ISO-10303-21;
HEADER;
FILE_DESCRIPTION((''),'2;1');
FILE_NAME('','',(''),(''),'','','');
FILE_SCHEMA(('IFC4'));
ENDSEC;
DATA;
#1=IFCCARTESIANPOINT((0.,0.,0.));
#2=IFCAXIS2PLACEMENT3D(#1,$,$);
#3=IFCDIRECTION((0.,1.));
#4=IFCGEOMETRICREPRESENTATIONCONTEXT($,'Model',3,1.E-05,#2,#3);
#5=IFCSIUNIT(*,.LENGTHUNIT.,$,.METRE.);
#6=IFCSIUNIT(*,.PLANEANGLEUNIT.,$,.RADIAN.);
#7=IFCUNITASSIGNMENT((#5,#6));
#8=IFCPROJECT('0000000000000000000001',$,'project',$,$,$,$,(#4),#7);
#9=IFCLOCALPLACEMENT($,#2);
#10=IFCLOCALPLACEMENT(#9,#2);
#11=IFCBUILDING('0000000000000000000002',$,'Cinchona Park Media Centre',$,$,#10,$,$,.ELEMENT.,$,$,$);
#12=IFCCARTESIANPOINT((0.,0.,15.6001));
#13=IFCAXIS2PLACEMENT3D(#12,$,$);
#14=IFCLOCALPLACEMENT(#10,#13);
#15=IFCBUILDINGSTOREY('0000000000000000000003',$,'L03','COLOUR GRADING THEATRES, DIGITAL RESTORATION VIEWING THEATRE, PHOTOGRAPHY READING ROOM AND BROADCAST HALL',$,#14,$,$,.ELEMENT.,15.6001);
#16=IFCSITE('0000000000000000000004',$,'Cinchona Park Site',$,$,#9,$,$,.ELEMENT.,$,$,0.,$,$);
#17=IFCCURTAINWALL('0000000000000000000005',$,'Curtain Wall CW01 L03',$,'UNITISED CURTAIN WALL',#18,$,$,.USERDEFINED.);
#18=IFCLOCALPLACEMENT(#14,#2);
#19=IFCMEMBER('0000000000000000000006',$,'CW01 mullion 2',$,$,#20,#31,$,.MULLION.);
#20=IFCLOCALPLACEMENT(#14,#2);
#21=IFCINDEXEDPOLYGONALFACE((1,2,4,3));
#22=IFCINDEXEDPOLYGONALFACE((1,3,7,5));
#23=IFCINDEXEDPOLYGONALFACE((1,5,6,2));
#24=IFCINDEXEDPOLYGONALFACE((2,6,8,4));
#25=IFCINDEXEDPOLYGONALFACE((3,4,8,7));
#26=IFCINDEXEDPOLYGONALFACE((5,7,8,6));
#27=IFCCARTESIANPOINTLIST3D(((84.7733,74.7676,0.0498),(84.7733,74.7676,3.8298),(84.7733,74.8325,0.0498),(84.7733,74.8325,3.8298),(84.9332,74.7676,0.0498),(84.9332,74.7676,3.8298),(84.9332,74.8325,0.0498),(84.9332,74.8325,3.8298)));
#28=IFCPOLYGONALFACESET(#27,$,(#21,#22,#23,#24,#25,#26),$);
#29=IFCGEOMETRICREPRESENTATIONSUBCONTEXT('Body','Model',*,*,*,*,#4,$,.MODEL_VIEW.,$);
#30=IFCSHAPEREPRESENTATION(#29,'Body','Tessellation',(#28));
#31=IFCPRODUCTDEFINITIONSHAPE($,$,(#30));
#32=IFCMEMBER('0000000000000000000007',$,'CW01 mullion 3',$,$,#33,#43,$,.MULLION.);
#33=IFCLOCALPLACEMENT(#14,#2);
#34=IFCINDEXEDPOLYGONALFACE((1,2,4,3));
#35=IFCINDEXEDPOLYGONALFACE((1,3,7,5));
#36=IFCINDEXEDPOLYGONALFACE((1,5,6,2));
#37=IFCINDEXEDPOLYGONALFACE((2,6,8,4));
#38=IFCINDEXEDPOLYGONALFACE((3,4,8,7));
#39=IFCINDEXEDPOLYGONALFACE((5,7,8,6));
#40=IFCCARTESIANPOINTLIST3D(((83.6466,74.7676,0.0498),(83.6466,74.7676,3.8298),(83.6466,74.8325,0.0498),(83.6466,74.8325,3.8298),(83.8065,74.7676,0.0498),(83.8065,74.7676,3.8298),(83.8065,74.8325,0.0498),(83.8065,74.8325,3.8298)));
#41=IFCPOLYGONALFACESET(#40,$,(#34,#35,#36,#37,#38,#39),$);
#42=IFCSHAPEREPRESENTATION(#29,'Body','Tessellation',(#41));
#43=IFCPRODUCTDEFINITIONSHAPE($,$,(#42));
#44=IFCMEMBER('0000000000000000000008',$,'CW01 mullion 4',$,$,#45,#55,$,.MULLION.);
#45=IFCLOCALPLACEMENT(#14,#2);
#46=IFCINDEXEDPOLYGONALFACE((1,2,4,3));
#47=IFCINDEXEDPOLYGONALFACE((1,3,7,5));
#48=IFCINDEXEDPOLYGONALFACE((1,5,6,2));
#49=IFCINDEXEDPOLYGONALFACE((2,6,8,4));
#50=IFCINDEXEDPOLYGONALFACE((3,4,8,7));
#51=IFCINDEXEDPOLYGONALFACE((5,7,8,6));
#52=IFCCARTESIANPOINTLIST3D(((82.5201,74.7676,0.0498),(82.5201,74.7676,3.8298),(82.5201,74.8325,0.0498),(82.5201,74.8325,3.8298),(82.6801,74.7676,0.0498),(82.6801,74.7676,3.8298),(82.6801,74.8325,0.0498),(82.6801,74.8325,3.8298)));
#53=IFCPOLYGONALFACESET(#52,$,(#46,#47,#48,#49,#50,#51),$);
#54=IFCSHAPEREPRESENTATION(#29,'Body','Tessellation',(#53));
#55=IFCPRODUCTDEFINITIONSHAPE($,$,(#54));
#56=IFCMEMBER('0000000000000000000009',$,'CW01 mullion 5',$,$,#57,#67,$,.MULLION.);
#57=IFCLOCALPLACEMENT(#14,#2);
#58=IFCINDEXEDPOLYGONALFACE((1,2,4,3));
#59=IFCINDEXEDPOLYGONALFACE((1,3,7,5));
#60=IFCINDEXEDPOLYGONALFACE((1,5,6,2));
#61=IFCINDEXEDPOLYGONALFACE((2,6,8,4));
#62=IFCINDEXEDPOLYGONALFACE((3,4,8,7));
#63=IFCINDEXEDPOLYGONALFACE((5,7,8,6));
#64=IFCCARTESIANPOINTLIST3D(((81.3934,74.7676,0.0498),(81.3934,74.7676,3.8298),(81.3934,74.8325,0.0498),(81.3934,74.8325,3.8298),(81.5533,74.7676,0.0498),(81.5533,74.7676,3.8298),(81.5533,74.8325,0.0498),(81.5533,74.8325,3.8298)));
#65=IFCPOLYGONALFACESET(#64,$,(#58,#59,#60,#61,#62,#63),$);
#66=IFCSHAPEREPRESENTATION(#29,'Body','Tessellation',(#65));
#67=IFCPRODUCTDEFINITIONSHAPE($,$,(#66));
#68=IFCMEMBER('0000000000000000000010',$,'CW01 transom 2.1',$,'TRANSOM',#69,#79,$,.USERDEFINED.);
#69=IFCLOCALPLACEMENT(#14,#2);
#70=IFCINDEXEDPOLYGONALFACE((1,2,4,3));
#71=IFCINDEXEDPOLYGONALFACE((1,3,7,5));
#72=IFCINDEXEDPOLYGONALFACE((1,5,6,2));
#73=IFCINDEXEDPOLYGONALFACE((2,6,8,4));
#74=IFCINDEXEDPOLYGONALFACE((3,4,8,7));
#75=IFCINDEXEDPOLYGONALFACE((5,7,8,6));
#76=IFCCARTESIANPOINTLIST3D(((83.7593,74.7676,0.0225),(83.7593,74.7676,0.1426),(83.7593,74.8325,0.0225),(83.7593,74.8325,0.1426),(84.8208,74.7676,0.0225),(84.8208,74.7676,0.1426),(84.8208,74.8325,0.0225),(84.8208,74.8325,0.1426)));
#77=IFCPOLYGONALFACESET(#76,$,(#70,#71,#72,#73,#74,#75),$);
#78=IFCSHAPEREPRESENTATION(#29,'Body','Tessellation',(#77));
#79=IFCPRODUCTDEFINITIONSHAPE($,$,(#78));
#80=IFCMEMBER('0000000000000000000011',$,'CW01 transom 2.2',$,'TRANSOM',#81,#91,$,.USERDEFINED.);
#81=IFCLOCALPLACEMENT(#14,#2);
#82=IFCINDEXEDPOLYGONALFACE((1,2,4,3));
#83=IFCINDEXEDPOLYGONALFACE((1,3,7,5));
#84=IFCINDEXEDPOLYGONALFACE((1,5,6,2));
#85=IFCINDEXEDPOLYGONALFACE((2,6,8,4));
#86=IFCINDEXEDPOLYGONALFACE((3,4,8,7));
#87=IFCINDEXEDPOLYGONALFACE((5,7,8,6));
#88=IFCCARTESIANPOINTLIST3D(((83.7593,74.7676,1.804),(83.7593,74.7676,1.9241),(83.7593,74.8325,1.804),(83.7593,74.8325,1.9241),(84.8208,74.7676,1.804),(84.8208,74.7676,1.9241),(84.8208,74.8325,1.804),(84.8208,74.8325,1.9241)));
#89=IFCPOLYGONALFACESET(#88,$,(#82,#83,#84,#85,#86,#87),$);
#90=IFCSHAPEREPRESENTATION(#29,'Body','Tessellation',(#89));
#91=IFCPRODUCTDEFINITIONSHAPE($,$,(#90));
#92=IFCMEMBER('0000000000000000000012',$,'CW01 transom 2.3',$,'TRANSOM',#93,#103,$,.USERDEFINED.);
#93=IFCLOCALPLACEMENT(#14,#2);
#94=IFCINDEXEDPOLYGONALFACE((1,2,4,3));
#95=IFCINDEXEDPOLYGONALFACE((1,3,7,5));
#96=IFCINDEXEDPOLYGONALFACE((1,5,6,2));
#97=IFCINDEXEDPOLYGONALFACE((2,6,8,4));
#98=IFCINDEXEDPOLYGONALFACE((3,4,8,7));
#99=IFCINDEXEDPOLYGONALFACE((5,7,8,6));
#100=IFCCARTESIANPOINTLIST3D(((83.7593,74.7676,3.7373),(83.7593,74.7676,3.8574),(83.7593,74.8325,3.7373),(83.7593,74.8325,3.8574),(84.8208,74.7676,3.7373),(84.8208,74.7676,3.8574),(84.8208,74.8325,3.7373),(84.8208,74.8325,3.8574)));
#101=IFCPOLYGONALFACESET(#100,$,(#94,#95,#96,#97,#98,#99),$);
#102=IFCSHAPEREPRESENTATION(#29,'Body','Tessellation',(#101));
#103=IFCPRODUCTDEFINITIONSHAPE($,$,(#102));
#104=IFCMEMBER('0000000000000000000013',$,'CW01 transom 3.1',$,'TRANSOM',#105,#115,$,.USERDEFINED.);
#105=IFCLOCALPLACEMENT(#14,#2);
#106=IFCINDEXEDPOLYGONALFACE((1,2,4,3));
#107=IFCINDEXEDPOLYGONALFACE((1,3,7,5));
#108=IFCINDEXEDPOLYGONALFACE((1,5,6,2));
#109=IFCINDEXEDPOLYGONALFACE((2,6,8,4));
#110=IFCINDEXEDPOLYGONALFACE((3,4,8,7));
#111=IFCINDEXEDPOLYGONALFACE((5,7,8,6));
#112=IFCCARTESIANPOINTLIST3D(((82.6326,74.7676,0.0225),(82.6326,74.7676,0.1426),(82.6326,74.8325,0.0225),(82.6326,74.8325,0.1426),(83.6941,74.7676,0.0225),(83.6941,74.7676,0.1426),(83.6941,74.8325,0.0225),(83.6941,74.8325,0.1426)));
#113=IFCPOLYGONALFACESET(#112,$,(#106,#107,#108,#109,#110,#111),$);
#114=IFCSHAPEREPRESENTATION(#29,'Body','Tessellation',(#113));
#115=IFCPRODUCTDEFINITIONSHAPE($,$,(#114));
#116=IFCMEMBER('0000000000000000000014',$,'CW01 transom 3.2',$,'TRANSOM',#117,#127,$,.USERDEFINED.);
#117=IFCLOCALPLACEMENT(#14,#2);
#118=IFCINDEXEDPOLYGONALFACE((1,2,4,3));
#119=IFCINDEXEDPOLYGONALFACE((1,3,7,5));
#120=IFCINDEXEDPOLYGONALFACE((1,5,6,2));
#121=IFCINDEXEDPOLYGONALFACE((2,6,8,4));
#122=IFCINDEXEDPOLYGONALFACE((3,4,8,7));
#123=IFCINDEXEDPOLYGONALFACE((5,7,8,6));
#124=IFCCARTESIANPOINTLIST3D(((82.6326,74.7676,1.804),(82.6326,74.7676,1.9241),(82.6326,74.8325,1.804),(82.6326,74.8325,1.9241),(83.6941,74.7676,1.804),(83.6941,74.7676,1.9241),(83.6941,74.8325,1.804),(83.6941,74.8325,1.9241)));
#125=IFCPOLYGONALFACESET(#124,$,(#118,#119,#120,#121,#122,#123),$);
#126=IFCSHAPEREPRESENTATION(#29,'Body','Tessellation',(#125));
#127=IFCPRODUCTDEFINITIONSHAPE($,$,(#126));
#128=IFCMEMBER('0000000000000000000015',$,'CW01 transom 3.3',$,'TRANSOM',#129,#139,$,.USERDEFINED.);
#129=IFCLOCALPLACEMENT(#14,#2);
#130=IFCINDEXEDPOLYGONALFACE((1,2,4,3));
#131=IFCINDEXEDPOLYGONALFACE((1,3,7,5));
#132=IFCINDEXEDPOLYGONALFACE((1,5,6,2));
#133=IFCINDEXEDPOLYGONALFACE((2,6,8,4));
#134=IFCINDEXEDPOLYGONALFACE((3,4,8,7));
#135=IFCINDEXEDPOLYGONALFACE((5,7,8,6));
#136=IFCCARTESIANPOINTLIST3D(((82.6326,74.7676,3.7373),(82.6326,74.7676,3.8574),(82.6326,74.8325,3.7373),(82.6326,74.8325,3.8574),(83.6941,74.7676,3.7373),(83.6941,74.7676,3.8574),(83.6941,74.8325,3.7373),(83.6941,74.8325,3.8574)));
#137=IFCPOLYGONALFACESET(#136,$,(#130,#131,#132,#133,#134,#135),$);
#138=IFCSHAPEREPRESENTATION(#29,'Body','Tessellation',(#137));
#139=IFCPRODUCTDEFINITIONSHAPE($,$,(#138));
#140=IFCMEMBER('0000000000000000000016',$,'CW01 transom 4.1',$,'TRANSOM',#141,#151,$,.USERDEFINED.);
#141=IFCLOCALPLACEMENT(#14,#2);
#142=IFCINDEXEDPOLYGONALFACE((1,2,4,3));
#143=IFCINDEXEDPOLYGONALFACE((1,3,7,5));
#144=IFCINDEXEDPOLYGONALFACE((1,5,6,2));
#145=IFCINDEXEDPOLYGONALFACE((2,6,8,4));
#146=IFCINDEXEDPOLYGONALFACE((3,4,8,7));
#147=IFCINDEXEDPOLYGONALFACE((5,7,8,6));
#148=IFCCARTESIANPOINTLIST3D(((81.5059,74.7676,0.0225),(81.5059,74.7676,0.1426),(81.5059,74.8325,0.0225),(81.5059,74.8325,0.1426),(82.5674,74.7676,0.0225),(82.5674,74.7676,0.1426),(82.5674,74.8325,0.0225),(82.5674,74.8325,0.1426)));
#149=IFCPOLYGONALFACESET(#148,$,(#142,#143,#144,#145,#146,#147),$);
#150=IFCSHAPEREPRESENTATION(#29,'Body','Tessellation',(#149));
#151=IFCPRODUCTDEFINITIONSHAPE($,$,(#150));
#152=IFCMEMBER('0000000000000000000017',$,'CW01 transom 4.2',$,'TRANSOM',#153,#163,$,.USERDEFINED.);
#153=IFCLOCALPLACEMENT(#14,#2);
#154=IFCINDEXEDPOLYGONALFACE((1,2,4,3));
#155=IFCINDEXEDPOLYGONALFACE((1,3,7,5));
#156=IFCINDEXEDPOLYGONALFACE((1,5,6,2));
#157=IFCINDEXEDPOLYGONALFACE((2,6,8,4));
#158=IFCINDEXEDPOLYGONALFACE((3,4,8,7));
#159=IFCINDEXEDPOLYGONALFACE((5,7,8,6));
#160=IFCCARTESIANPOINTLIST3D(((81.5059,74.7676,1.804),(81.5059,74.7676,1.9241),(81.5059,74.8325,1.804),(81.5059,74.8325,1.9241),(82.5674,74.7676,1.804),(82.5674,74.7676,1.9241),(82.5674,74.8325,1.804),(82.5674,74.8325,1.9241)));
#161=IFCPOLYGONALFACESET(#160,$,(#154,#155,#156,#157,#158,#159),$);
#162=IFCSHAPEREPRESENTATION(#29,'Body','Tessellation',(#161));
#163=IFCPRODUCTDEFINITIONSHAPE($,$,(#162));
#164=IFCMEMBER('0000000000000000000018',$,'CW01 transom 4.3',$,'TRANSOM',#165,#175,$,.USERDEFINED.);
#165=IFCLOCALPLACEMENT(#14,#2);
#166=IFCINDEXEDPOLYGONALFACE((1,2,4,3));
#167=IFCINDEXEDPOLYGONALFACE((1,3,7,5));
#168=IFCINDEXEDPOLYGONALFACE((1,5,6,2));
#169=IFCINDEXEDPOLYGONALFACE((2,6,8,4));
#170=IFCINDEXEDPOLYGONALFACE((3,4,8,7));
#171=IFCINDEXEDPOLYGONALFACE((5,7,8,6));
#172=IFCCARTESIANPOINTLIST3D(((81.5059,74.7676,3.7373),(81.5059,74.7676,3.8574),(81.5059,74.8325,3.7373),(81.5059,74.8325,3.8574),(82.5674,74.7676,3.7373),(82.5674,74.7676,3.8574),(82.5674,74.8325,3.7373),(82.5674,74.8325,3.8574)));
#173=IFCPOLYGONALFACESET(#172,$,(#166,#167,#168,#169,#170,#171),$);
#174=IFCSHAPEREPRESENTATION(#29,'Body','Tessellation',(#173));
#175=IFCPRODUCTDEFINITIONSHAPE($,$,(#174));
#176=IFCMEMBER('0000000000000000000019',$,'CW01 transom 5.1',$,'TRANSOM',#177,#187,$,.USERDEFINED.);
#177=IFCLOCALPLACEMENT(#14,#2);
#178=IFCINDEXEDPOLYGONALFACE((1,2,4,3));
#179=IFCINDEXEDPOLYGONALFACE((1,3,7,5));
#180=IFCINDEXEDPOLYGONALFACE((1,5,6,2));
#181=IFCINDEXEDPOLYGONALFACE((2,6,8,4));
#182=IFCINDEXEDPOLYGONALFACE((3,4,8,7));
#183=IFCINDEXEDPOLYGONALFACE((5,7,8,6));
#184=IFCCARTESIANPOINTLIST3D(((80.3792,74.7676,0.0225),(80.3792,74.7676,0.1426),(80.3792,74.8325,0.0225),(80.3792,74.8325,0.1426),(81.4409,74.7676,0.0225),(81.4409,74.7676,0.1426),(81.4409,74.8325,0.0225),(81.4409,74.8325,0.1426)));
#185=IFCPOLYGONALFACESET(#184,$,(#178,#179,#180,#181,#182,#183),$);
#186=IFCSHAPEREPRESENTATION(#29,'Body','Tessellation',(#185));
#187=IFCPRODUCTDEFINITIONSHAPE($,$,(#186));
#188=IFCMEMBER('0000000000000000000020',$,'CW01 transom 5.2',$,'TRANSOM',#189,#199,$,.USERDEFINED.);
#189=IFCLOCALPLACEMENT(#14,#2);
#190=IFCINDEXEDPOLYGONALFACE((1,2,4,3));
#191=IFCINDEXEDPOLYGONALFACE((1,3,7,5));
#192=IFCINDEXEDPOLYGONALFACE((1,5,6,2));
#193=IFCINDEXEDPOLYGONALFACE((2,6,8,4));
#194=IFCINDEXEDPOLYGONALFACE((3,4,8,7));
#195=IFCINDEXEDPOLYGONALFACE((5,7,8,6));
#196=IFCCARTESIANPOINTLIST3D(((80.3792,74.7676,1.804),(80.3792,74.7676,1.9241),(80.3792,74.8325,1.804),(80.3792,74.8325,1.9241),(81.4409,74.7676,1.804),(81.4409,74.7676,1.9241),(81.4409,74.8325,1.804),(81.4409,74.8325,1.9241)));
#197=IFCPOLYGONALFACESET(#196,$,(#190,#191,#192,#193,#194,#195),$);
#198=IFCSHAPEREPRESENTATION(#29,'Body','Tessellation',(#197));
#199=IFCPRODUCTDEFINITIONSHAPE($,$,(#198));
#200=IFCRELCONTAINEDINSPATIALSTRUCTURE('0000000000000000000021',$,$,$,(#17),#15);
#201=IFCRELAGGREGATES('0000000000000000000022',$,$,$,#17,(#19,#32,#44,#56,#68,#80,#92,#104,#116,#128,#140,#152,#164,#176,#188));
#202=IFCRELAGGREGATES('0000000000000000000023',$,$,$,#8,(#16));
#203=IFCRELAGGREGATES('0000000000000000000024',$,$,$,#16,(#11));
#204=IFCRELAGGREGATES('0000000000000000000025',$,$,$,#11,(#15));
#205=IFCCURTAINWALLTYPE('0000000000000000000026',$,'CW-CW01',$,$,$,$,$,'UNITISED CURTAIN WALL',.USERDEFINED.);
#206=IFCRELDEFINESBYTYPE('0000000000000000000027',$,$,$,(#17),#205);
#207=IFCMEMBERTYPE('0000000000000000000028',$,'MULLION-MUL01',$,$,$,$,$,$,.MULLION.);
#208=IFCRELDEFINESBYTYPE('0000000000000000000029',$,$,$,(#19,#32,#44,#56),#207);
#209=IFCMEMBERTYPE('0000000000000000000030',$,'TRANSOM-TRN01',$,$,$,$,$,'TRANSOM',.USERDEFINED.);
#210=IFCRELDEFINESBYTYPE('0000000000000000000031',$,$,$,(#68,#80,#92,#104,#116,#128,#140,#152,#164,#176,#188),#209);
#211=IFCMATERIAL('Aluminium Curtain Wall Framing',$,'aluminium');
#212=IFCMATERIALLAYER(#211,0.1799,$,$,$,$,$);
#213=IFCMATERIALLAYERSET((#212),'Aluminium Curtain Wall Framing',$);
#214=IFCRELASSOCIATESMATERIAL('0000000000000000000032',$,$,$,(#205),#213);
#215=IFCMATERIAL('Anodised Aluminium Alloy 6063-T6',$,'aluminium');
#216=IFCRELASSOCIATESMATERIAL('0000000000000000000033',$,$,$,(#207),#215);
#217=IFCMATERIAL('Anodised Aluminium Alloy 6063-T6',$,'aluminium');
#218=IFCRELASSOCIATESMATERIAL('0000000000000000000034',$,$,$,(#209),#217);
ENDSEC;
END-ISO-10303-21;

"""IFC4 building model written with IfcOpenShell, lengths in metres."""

from ifc_helpers import new_model, si_unit, direction, frame, origin, origin_2d, place, context, subcontext, project, spatial, rectangle, extrude, material, layer, layer_set, material_profile, profile_set, type_object, element, aggregate, save


model = new_model("IFC4")

# Units and contexts
model_context = context("Model", 3, precision=1e-05, world=origin(), true_north=direction((0.0, 1.0)))
body_context = subcontext(model_context, "Body", "Model", "MODEL_VIEW")
ifc_project = project(units=[si_unit("LENGTHUNIT", "METRE"), si_unit("PLANEANGLEUNIT", "RADIAN")], contexts=[model_context])

# Site, building, storey
site_placement = place(None, origin())
site = spatial("IfcSite", under=ifc_project, at=site_placement, Name="Cinchona Park Site", CompositionType="ELEMENT", RefElevation=0.0)
building_placement = place(site_placement, origin())
building = spatial("IfcBuilding", under=site, at=building_placement, Name="Cinchona Park Media Centre", CompositionType="ELEMENT")
storey_placement = place(building_placement, frame((0.0, 0.0, 15.6001)))
storey = spatial("IfcBuildingStorey", under=building, at=storey_placement, Name="L03", Description="COLOUR GRADING THEATRES, DIGITAL RESTORATION VIEWING THEATRE, PHOTOGRAPHY READING ROOM AND BROADCAST HALL", CompositionType="ELEMENT", Elevation=15.6001)

# Curtain wall, members
ifc_material_1 = material(Name="Aluminium Curtain Wall Framing", Category="aluminium")
ifc_layer_1 = layer(ifc_material_1, 0.1799)
ifc_layer_set_1 = layer_set([ifc_layer_1], Name="Aluminium Curtain Wall Framing")
curtain_wall_type = type_object("IfcCurtainWallType", Name="CW-CW01", ElementType="UNITISED CURTAIN WALL", PredefinedType="USERDEFINED", material=ifc_layer_set_1)
curtain_wall_placement = place(storey_placement, origin())
curtain_wall = element("IfcCurtainWall", 1, at=curtain_wall_placement, inside=storey, type_object=curtain_wall_type, Name="Curtain Wall CW01 L03", ObjectType="UNITISED CURTAIN WALL", PredefinedType="USERDEFINED")
ifc_material_2 = material(Name="Anodised Aluminium Alloy 6063-T6", Category="aluminium")
ifc_material_profile_1 = material_profile(ifc_material_2, rectangle(XDim=0.0649, YDim=0.1599, at=origin_2d()), Name="MUL-65X160")
ifc_profile_set_1 = profile_set([ifc_material_profile_1], Name="Anodised Aluminium Alloy 6063-T6")
member_type_1 = type_object("IfcMemberType", Name="MULLION-MUL01", PredefinedType="MULLION", material=ifc_profile_set_1)
member_1_placement = place(storey_placement, frame((84.8533, 74.8, 0.0498), z_axis=(0.0, 0.0, 1.0), x_axis=(0.0, -1.0, 0.0)))
member_1 = element("IfcMember", 2, at=member_1_placement, type_object=member_type_1, Name="CW01 mullion 2", PredefinedType="MULLION", context=body_context, shape_type="SweptSolid", body=[
    extrude(rectangle(XDim=0.0649, YDim=0.1599, at=origin_2d()), origin(), (0.0, 0.0, 1.0), 3.78),
])
member_2_placement = place(storey_placement, frame((83.7266, 74.8, 0.0498), z_axis=(0.0, 0.0, 1.0), x_axis=(0.0, -1.0, 0.0)))
member_2 = element("IfcMember", 3, at=member_2_placement, type_object=member_type_1, Name="CW01 mullion 3", PredefinedType="MULLION", context=body_context, shape_type="SweptSolid", body=[
    extrude(rectangle(XDim=0.0649, YDim=0.1599, at=origin_2d()), origin(), (0.0, 0.0, 1.0), 3.78),
])
member_3_placement = place(storey_placement, frame((82.6001, 74.8, 0.0498), z_axis=(0.0, 0.0, 1.0), x_axis=(0.0, -1.0, 0.0)))
member_3 = element("IfcMember", 4, at=member_3_placement, type_object=member_type_1, Name="CW01 mullion 4", PredefinedType="MULLION", context=body_context, shape_type="SweptSolid", body=[
    extrude(rectangle(XDim=0.0649, YDim=0.1599, at=origin_2d()), origin(), (0.0, 0.0, 1.0), 3.78),
])
member_4_placement = place(storey_placement, frame((81.4734, 74.8, 0.0498), z_axis=(0.0, 0.0, 1.0), x_axis=(0.0, -1.0, 0.0)))
member_4 = element("IfcMember", 5, at=member_4_placement, type_object=member_type_1, Name="CW01 mullion 5", PredefinedType="MULLION", context=body_context, shape_type="SweptSolid", body=[
    extrude(rectangle(XDim=0.0649, YDim=0.1599, at=origin_2d()), origin(), (0.0, 0.0, 1.0), 3.78),
])
ifc_material_3 = material(Name="Anodised Aluminium Alloy 6063-T6", Category="aluminium")
ifc_material_profile_2 = material_profile(ifc_material_3, rectangle(XDim=0.0649, YDim=0.1201, at=origin_2d()), Name="TRN-65X120")
ifc_profile_set_2 = profile_set([ifc_material_profile_2], Name="Anodised Aluminium Alloy 6063-T6")
member_type_2 = type_object("IfcMemberType", Name="TRANSOM-TRN01", ElementType="TRANSOM", PredefinedType="USERDEFINED", material=ifc_profile_set_2)
member_5_placement = place(storey_placement, frame((84.8208, 74.8, 0.0825), z_axis=(-1.0, 0.0, 0.0), x_axis=(0.0, -1.0, 0.0)))
member_5 = element("IfcMember", 6, at=member_5_placement, type_object=member_type_2, Name="CW01 transom 2.1", ObjectType="TRANSOM", PredefinedType="USERDEFINED", context=body_context, shape_type="SweptSolid", body=[
    extrude(rectangle(XDim=0.0649, YDim=0.1201, at=origin_2d()), origin(), (0.0, 0.0, 1.0), 1.0615),
])
member_6_placement = place(storey_placement, frame((84.8208, 74.8, 1.864), z_axis=(-1.0, 0.0, 0.0), x_axis=(0.0, -1.0, 0.0)))
member_6 = element("IfcMember", 7, at=member_6_placement, type_object=member_type_2, Name="CW01 transom 2.2", ObjectType="TRANSOM", PredefinedType="USERDEFINED", context=body_context, shape_type="SweptSolid", body=[
    extrude(rectangle(XDim=0.0649, YDim=0.1201, at=origin_2d()), origin(), (0.0, 0.0, 1.0), 1.0615),
])
member_7_placement = place(storey_placement, frame((84.8208, 74.8, 3.7974), z_axis=(-1.0, 0.0, 0.0), x_axis=(0.0, -1.0, 0.0)))
member_7 = element("IfcMember", 8, at=member_7_placement, type_object=member_type_2, Name="CW01 transom 2.3", ObjectType="TRANSOM", PredefinedType="USERDEFINED", context=body_context, shape_type="SweptSolid", body=[
    extrude(rectangle(XDim=0.0649, YDim=0.1201, at=origin_2d()), origin(), (0.0, 0.0, 1.0), 1.0615),
])
member_8_placement = place(storey_placement, frame((83.6941, 74.8, 0.0825), z_axis=(-1.0, 0.0, 0.0), x_axis=(0.0, -1.0, 0.0)))
member_8 = element("IfcMember", 9, at=member_8_placement, type_object=member_type_2, Name="CW01 transom 3.1", ObjectType="TRANSOM", PredefinedType="USERDEFINED", context=body_context, shape_type="SweptSolid", body=[
    extrude(rectangle(XDim=0.0649, YDim=0.1201, at=origin_2d()), origin(), (0.0, 0.0, 1.0), 1.0615),
])
member_9_placement = place(storey_placement, frame((83.6941, 74.8, 1.864), z_axis=(-1.0, 0.0, 0.0), x_axis=(0.0, -1.0, 0.0)))
member_9 = element("IfcMember", 10, at=member_9_placement, type_object=member_type_2, Name="CW01 transom 3.2", ObjectType="TRANSOM", PredefinedType="USERDEFINED", context=body_context, shape_type="SweptSolid", body=[
    extrude(rectangle(XDim=0.0649, YDim=0.1201, at=origin_2d()), origin(), (0.0, 0.0, 1.0), 1.0615),
])
member_10_placement = place(storey_placement, frame((83.6941, 74.8, 3.7974), z_axis=(-1.0, 0.0, 0.0), x_axis=(0.0, -1.0, 0.0)))
member_10 = element("IfcMember", 11, at=member_10_placement, type_object=member_type_2, Name="CW01 transom 3.3", ObjectType="TRANSOM", PredefinedType="USERDEFINED", context=body_context, shape_type="SweptSolid", body=[
    extrude(rectangle(XDim=0.0649, YDim=0.1201, at=origin_2d()), origin(), (0.0, 0.0, 1.0), 1.0615),
])
member_11_placement = place(storey_placement, frame((82.5674, 74.8, 0.0825), z_axis=(-1.0, 0.0, 0.0), x_axis=(0.0, -1.0, 0.0)))
member_11 = element("IfcMember", 12, at=member_11_placement, type_object=member_type_2, Name="CW01 transom 4.1", ObjectType="TRANSOM", PredefinedType="USERDEFINED", context=body_context, shape_type="SweptSolid", body=[
    extrude(rectangle(XDim=0.0649, YDim=0.1201, at=origin_2d()), origin(), (0.0, 0.0, 1.0), 1.0615),
])
member_12_placement = place(storey_placement, frame((82.5674, 74.8, 1.864), z_axis=(-1.0, 0.0, 0.0), x_axis=(0.0, -1.0, 0.0)))
member_12 = element("IfcMember", 13, at=member_12_placement, type_object=member_type_2, Name="CW01 transom 4.2", ObjectType="TRANSOM", PredefinedType="USERDEFINED", context=body_context, shape_type="SweptSolid", body=[
    extrude(rectangle(XDim=0.0649, YDim=0.1201, at=origin_2d()), origin(), (0.0, 0.0, 1.0), 1.0615),
])
member_13_placement = place(storey_placement, frame((82.5674, 74.8, 3.7974), z_axis=(-1.0, 0.0, 0.0), x_axis=(0.0, -1.0, 0.0)))
member_13 = element("IfcMember", 14, at=member_13_placement, type_object=member_type_2, Name="CW01 transom 4.3", ObjectType="TRANSOM", PredefinedType="USERDEFINED", context=body_context, shape_type="SweptSolid", body=[
    extrude(rectangle(XDim=0.0649, YDim=0.1201, at=origin_2d()), origin(), (0.0, 0.0, 1.0), 1.0615),
])
member_14_placement = place(storey_placement, frame((81.4409, 74.8, 0.0825), z_axis=(-1.0, 0.0, 0.0), x_axis=(0.0, -1.0, 0.0)))
member_14 = element("IfcMember", 15, at=member_14_placement, type_object=member_type_2, Name="CW01 transom 5.1", ObjectType="TRANSOM", PredefinedType="USERDEFINED", context=body_context, shape_type="SweptSolid", body=[
    extrude(rectangle(XDim=0.0649, YDim=0.1201, at=origin_2d()), origin(), (0.0, 0.0, 1.0), 1.0618),
])
member_15_placement = place(storey_placement, frame((81.4409, 74.8, 1.864), z_axis=(-1.0, 0.0, 0.0), x_axis=(0.0, -1.0, 0.0)))
member_15 = element("IfcMember", 16, at=member_15_placement, type_object=member_type_2, Name="CW01 transom 5.2", ObjectType="TRANSOM", PredefinedType="USERDEFINED", context=body_context, shape_type="SweptSolid", body=[
    extrude(rectangle(XDim=0.0649, YDim=0.1201, at=origin_2d()), origin(), (0.0, 0.0, 1.0), 1.0618),
])
aggregate(curtain_wall, [member_1, member_2, member_3, member_4, member_5, member_6, member_7, member_8, member_9, member_10, member_11, member_12, member_13, member_14, member_15])

save(model, "model.ifc")
